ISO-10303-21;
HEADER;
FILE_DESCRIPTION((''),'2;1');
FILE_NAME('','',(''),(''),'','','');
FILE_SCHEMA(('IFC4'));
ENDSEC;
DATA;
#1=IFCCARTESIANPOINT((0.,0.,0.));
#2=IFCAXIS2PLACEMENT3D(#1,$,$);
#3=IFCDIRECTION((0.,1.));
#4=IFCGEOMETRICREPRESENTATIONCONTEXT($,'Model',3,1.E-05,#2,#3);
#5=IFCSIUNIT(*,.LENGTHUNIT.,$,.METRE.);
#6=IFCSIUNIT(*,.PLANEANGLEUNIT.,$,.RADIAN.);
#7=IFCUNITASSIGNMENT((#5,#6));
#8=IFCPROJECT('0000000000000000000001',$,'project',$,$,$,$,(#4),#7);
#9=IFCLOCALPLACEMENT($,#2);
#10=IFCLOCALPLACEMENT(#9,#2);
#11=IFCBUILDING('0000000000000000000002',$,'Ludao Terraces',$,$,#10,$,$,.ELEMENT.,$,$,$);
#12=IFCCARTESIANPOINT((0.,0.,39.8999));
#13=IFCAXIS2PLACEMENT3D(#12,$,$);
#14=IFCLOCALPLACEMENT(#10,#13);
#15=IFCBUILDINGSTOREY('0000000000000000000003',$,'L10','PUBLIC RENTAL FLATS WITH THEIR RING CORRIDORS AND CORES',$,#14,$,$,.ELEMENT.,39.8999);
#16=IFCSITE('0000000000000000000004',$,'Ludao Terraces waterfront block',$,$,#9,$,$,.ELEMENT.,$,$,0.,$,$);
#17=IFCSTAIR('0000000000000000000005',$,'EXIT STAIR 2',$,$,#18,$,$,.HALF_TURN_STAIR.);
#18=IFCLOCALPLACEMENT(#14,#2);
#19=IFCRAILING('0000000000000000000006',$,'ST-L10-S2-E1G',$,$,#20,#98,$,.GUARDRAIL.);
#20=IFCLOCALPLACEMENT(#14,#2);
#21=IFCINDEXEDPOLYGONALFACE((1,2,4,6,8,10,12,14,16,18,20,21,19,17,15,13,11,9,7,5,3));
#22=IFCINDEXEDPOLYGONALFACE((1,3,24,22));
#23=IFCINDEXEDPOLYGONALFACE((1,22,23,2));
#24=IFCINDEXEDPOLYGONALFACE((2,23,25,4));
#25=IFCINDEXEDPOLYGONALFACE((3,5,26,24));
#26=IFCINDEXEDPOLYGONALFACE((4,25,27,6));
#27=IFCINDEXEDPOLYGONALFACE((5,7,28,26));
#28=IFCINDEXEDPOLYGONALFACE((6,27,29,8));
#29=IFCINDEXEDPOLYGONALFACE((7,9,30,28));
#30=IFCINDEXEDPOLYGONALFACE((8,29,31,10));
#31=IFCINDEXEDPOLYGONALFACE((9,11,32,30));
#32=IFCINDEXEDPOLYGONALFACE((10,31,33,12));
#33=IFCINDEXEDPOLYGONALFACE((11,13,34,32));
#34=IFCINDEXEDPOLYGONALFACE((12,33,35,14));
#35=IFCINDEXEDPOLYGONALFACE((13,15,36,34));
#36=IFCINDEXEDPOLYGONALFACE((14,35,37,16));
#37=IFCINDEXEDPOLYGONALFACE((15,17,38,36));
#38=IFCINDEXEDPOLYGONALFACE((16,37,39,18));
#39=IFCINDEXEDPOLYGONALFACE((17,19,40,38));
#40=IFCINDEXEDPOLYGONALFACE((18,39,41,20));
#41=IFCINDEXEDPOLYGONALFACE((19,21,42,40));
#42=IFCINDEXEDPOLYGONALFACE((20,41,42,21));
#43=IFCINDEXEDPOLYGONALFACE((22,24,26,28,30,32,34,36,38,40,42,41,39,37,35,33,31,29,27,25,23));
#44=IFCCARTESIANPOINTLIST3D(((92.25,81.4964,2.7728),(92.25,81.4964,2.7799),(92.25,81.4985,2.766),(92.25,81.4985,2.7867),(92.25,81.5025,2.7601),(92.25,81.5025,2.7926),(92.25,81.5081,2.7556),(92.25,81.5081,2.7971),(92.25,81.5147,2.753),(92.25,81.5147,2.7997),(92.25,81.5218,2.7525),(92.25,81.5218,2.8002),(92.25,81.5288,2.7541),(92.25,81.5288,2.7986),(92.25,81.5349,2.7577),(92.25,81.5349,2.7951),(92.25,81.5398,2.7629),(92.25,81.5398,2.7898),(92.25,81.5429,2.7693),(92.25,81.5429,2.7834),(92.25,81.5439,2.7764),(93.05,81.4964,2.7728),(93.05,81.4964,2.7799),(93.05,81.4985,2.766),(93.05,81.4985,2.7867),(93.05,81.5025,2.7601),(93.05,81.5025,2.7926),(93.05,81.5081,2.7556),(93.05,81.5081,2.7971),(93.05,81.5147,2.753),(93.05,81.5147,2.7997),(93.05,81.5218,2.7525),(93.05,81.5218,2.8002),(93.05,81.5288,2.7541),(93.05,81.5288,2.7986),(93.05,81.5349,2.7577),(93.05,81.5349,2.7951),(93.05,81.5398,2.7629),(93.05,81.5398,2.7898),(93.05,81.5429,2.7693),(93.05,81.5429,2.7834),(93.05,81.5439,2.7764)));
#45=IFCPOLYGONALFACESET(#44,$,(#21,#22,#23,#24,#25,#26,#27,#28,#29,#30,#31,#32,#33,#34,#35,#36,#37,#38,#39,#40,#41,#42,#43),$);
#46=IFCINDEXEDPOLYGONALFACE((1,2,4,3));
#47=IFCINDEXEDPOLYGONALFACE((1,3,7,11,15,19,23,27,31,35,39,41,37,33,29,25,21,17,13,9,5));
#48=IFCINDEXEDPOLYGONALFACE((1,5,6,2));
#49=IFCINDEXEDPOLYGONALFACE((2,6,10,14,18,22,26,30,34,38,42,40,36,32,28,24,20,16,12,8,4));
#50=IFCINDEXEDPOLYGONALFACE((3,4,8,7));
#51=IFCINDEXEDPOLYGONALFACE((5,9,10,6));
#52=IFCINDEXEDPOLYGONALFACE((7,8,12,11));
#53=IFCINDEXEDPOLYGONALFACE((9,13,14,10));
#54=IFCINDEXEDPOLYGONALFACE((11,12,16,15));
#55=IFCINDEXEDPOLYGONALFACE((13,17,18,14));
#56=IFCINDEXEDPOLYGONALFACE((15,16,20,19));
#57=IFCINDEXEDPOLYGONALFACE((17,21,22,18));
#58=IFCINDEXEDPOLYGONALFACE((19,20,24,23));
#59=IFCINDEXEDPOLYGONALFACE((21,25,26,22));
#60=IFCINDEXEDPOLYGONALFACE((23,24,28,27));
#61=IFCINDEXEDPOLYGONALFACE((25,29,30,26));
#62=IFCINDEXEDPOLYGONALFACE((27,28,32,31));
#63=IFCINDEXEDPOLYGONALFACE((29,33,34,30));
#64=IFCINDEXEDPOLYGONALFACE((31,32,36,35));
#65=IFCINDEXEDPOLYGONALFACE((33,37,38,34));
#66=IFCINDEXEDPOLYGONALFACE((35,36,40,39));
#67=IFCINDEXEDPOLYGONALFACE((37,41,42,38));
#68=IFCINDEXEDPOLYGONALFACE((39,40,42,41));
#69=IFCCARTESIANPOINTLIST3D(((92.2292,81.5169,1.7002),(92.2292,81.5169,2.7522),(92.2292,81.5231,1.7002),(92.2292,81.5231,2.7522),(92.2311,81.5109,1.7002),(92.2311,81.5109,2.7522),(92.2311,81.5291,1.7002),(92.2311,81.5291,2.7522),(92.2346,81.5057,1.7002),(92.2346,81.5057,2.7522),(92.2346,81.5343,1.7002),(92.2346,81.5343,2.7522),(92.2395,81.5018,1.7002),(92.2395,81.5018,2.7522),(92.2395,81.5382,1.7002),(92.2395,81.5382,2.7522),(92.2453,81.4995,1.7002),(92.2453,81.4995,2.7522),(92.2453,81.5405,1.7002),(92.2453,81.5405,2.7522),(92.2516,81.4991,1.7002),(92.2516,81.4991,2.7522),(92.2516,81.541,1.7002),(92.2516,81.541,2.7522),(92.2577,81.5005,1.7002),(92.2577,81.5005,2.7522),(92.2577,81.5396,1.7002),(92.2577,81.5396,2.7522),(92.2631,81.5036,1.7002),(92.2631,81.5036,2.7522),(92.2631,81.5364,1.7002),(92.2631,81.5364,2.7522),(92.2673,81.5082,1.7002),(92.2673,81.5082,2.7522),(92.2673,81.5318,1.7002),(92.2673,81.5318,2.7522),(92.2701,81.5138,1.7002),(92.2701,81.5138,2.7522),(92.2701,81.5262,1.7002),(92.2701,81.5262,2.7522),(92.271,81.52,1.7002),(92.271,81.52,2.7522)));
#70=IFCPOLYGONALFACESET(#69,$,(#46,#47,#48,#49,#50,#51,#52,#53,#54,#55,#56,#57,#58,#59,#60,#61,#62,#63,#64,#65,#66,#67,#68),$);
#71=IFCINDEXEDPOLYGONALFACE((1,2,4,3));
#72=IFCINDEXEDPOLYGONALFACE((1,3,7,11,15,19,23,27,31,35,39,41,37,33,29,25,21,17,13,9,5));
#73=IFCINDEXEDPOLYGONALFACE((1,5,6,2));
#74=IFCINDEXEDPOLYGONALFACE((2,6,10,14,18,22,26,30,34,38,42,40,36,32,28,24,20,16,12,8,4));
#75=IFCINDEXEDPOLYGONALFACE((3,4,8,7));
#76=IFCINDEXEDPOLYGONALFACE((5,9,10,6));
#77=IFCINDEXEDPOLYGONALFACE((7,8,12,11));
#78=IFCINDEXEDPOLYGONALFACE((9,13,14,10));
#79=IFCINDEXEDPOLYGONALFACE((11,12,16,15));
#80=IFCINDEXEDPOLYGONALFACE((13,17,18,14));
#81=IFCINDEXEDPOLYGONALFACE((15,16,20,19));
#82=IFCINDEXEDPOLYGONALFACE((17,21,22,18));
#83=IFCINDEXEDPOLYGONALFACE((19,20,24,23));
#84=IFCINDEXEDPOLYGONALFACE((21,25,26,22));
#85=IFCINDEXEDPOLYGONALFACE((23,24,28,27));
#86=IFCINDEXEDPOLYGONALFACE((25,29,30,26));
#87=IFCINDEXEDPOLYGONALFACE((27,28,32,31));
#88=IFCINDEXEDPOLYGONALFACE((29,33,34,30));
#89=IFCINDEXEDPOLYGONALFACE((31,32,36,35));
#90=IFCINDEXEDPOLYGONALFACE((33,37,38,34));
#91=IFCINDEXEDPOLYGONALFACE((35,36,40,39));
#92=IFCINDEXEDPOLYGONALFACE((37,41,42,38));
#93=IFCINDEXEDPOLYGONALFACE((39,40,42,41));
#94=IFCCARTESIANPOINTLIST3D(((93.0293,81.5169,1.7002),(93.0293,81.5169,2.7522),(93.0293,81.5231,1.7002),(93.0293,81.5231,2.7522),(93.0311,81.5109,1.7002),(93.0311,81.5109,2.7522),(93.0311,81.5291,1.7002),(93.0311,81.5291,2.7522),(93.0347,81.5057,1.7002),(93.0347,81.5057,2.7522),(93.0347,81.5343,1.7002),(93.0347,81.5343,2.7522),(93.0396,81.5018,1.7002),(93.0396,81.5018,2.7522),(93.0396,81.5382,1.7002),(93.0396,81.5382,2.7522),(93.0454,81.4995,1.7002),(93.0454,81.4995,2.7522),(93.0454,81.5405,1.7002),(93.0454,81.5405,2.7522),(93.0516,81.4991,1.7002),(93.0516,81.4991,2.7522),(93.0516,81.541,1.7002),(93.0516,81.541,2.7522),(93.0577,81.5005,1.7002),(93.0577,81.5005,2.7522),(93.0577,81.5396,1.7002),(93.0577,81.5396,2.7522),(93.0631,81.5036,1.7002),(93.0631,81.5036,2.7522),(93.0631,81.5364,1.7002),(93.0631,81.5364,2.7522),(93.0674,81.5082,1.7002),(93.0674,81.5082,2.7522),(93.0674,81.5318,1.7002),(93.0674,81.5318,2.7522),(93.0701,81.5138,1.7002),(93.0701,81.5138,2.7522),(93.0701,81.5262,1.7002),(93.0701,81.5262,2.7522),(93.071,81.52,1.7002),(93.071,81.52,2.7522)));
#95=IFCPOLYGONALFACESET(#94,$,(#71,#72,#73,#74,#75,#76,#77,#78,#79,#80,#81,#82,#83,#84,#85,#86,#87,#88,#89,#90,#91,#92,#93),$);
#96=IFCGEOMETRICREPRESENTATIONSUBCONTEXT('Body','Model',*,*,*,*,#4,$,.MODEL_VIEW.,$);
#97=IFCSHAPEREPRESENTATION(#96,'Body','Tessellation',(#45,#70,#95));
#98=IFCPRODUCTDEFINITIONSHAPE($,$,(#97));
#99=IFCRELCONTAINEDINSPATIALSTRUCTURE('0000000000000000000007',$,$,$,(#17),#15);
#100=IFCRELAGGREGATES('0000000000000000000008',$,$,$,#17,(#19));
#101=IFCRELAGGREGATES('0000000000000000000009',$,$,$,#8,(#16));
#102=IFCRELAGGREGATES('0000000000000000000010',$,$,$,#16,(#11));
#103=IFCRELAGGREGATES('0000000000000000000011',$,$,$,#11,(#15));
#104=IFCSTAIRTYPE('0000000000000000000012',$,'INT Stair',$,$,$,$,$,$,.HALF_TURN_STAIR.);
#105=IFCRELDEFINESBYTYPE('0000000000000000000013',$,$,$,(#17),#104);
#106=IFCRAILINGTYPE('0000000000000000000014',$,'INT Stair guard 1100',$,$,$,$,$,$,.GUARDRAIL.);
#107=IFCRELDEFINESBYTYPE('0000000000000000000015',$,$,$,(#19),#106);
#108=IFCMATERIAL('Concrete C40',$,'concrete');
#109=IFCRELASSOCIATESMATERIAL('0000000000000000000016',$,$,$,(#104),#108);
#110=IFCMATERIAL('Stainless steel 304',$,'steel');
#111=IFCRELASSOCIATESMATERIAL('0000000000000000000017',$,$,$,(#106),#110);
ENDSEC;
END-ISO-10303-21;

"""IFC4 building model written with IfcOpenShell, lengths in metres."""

from ifc_helpers import new_model, si_unit, direction, frame, origin, origin_2d, place, context, subcontext, project, spatial, circle, extrude, material, type_object, element, aggregate, save


model = new_model("IFC4")

# Units and contexts
model_context = context("Model", 3, precision=1e-05, world=origin(), true_north=direction((0.0, 1.0)))
body_context = subcontext(model_context, "Body", "Model", "MODEL_VIEW")
ifc_project = project(units=[si_unit("LENGTHUNIT", "METRE"), si_unit("PLANEANGLEUNIT", "RADIAN")], contexts=[model_context])

# Site, building, storey
site_placement = place(None, origin())
site = spatial("IfcSite", under=ifc_project, at=site_placement, Name="Ludao Terraces waterfront block", CompositionType="ELEMENT", RefElevation=0.0)
building_placement = place(site_placement, origin())
building = spatial("IfcBuilding", under=site, at=building_placement, Name="Ludao Terraces", CompositionType="ELEMENT")
storey_placement = place(building_placement, frame((0.0, 0.0, 39.8999)))
storey = spatial("IfcBuildingStorey", under=building, at=storey_placement, Name="L10", Description="PUBLIC RENTAL FLATS WITH THEIR RING CORRIDORS AND CORES", CompositionType="ELEMENT", Elevation=39.8999)

# Shared definitions
ifc_material_1 = material(Name="Concrete C40", Category="concrete")

# Stair, railing
stair_type = type_object("IfcStairType", Name="INT Stair", PredefinedType="HALF_TURN_STAIR", material=ifc_material_1)
stair_placement = place(storey_placement, origin())
stair = element("IfcStair", 1, at=stair_placement, inside=storey, type_object=stair_type, Name="EXIT STAIR 2", PredefinedType="HALF_TURN_STAIR")
ifc_material_2 = material(Name="Stainless steel 304", Category="steel")
railing_type_1 = type_object("IfcRailingType", Name="INT Stair guard 1100", PredefinedType="GUARDRAIL", material=ifc_material_2)
railing_1_placement = place(storey_placement, frame((92.25, 81.52, 1.7002)))
railing_1 = element("IfcRailing", 2, at=railing_1_placement, type_object=railing_type_1, Name="ST-L10-S2-E1G", PredefinedType="GUARDRAIL", context=body_context, shape_type="SweptSolid", body=[
    extrude(circle(Radius=0.0239, at=origin_2d()), frame((0.0, 0.0, 1.0762), z_axis=(1.0, 0.0, 0.0), x_axis=(0.0, 1.0, 0.0)), (0.0, 0.0, 1.0), 0.8),
    extrude(circle(Radius=0.021, at=origin_2d()), origin(), (0.0, 0.0, 1.0), 1.052),
    extrude(circle(Radius=0.021, at=origin_2d()), frame((0.8, 0.0, 0.0)), (0.0, 0.0, 1.0), 1.052),
])
aggregate(stair, [railing_1])

save(model, "model.ifc")
